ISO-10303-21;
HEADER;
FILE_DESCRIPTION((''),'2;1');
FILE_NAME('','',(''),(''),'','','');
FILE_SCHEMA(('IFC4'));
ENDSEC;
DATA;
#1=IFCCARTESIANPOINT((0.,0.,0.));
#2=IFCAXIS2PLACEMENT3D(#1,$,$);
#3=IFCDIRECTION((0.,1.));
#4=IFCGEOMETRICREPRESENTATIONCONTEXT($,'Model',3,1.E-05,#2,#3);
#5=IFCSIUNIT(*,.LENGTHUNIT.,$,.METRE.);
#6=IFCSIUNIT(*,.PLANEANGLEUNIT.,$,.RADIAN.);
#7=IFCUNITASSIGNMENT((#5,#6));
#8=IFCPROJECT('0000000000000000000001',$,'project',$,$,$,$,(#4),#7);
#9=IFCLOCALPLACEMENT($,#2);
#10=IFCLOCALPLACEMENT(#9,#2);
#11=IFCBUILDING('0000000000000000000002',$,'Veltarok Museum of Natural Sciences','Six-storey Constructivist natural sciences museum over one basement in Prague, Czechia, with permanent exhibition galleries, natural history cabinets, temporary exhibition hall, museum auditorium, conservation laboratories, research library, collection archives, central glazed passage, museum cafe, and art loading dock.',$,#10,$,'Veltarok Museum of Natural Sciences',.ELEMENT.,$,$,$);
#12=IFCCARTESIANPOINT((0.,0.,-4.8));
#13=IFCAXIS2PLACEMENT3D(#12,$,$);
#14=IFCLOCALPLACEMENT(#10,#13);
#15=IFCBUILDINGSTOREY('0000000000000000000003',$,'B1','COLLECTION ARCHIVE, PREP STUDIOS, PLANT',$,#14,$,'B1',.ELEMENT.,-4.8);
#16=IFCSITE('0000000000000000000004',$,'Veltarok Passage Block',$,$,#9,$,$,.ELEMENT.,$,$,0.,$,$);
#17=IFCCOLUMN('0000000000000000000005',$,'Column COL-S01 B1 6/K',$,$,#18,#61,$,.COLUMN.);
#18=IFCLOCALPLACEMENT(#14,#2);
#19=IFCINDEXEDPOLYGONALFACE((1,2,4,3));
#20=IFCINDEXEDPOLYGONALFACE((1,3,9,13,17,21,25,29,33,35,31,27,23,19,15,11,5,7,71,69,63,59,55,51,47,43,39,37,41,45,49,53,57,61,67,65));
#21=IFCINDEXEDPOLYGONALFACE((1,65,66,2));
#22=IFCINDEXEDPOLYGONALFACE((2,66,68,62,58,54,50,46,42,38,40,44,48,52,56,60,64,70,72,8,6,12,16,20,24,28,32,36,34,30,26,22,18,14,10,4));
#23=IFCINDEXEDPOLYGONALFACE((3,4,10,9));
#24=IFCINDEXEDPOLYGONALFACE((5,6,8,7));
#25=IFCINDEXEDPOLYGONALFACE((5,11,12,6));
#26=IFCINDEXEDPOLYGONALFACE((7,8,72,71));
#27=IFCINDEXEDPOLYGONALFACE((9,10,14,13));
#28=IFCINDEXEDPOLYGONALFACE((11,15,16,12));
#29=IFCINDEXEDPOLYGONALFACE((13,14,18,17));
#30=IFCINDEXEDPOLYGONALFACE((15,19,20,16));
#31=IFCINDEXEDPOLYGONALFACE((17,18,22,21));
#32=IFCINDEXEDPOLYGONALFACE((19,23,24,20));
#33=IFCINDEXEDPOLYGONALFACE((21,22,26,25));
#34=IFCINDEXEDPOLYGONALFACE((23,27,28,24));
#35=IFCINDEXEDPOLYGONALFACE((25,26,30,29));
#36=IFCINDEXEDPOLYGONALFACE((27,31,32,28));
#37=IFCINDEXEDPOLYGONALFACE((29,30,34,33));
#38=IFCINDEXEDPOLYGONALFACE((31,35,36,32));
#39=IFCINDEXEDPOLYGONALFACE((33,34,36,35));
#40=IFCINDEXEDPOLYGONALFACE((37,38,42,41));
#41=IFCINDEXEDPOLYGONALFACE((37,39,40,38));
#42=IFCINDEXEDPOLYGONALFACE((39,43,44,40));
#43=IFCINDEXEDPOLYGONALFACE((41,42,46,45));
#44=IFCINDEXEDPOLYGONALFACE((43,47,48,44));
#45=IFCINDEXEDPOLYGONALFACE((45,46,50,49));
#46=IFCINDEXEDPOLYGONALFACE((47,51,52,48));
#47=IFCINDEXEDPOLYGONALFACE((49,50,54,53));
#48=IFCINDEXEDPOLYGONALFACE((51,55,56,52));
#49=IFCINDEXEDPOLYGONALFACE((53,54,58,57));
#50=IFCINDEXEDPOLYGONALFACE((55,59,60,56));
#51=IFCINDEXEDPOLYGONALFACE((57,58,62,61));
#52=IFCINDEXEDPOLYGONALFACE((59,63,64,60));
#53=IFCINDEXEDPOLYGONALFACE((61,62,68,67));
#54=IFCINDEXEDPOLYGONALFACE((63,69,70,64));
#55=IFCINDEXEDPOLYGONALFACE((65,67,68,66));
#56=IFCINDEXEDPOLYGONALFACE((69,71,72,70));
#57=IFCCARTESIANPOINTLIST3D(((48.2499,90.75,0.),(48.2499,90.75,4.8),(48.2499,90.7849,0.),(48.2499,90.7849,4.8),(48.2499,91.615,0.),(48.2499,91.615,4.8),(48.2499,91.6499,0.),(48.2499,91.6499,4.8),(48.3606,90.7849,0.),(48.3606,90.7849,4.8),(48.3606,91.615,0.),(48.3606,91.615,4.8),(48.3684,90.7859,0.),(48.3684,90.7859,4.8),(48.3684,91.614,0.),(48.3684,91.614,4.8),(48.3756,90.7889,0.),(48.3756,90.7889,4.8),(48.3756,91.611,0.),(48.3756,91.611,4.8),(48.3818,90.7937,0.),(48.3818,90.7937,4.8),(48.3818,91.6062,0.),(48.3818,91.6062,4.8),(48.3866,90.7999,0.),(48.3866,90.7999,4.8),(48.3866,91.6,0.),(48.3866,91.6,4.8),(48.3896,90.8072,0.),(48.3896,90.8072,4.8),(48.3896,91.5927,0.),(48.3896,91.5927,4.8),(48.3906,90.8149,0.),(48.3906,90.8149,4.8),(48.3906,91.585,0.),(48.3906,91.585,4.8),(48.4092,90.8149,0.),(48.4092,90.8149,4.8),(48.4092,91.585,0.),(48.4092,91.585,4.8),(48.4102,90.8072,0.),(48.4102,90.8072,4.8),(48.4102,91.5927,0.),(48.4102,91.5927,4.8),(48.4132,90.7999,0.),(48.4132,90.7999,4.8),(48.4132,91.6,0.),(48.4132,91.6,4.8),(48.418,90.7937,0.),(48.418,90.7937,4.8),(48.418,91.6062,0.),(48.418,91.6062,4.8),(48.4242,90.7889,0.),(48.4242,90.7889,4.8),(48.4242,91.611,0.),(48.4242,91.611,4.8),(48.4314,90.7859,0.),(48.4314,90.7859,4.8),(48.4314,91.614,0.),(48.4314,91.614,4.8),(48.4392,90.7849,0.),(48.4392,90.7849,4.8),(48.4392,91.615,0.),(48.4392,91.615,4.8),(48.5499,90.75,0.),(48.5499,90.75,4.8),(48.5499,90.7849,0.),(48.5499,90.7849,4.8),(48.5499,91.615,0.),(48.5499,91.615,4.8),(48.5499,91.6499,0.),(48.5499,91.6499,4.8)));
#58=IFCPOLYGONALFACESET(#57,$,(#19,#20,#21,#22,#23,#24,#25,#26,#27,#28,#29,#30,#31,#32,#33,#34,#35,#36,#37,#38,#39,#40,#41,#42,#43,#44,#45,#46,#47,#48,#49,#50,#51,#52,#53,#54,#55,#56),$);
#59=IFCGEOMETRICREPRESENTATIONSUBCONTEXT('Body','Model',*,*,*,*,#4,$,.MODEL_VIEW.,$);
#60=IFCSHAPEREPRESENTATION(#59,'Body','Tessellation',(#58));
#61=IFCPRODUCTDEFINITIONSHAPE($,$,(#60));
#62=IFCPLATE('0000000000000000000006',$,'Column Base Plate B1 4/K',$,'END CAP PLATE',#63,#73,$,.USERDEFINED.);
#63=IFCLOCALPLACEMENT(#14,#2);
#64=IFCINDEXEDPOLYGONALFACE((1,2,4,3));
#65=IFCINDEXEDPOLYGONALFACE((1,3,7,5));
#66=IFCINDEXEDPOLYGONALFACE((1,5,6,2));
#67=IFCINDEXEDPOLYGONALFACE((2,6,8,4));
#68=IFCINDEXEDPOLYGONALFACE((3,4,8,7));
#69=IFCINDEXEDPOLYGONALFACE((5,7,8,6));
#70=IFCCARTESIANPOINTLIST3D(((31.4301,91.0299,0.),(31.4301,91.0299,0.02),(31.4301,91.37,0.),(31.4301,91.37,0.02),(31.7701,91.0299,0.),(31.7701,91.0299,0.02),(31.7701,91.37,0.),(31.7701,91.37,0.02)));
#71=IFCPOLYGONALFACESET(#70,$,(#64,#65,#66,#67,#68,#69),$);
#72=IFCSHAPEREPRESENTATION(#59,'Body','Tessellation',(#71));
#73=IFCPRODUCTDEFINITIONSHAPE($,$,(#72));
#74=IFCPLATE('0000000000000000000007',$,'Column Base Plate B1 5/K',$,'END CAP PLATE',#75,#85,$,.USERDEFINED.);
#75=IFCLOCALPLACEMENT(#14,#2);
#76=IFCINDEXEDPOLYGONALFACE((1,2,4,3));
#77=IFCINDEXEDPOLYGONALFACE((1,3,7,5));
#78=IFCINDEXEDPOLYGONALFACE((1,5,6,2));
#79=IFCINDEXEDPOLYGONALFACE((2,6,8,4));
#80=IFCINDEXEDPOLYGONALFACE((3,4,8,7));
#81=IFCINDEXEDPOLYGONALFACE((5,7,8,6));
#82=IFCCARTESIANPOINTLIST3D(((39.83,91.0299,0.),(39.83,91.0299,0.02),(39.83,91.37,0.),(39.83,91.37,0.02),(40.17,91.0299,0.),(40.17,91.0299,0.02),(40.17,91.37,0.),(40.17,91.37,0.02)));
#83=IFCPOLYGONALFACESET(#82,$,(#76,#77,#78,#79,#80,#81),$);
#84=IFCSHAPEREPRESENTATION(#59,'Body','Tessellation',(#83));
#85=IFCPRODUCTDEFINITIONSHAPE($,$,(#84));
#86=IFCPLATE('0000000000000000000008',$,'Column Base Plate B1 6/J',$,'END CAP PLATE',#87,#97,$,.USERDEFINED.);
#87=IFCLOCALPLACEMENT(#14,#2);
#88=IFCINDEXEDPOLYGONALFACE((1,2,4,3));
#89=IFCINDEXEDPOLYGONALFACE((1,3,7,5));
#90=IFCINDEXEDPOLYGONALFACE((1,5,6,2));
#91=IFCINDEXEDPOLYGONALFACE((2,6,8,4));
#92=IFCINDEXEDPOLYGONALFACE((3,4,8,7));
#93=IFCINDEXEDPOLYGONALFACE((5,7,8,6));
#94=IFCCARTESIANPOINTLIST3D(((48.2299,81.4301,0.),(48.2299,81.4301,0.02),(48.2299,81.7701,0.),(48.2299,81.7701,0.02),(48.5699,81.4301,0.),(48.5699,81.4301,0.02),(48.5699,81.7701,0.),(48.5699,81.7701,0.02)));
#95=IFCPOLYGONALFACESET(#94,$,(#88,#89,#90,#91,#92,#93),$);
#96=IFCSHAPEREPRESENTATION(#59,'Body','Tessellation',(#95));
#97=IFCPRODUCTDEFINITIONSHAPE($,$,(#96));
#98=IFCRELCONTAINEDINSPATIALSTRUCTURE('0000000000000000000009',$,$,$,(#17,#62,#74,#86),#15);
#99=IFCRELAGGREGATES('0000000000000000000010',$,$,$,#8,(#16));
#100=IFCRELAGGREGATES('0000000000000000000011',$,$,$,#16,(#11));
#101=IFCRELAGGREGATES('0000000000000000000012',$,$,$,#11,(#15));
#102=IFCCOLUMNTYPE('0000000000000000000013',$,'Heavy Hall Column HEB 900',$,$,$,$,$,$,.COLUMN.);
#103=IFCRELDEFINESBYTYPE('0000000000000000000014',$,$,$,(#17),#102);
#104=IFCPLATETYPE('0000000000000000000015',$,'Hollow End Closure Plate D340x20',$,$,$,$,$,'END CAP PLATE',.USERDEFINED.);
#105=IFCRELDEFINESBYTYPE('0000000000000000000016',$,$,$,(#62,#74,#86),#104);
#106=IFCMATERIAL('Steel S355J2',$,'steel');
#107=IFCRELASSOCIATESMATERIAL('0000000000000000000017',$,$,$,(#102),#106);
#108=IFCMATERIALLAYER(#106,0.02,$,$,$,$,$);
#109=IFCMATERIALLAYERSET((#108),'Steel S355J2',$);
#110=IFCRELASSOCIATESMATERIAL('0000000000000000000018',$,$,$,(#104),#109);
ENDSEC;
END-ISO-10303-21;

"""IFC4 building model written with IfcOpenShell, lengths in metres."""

from ifc_helpers import new_model, si_unit, direction, frame, origin, origin_2d, place, context, subcontext, project, spatial, rectangle, i_section, extrude, material, layer, layer_set, material_profile, profile_set, type_object, element, save


model = new_model("IFC4")

# Units and contexts
model_context = context("Model", 3, precision=1e-05, world=origin(), true_north=direction((0.0, 1.0)))
body_context = subcontext(model_context, "Body", "Model", "MODEL_VIEW")
ifc_project = project(units=[si_unit("LENGTHUNIT", "METRE"), si_unit("PLANEANGLEUNIT", "RADIAN")], contexts=[model_context])

# Site, building, storey
site_placement = place(None, origin())
site = spatial("IfcSite", under=ifc_project, at=site_placement, Name="Veltarok Passage Block", CompositionType="ELEMENT", RefElevation=0.0)
building_placement = place(site_placement, origin())
building = spatial("IfcBuilding", under=site, at=building_placement, Name="Veltarok Museum of Natural Sciences", Description="Six-storey Constructivist natural sciences museum over one basement in Prague, Czechia, with permanent exhibition galleries, natural history cabinets, temporary exhibition hall, museum auditorium, conservation laboratories, research library, collection archives, central glazed passage, museum cafe, and art loading dock.", LongName="Veltarok Museum of Natural Sciences", CompositionType="ELEMENT")
storey_placement = place(building_placement, frame((0.0, 0.0, -4.8)))
storey = spatial("IfcBuildingStorey", under=building, at=storey_placement, Name="B1", Description="COLLECTION ARCHIVE, PREP STUDIOS, PLANT", LongName="B1", CompositionType="ELEMENT", Elevation=-4.8)

# Column
ifc_material_1 = material(Name="Steel S355J2", Category="steel")
ifc_material_profile_1 = material_profile(ifc_material_1, i_section(OverallWidth=0.3, OverallDepth=0.8999, WebThickness=0.0186, FlangeThickness=0.0349, FilletRadius=0.03, at=origin_2d()), Name="HEB 900")
ifc_profile_set_1 = profile_set([ifc_material_profile_1], Name="Steel S355J2")
column_type = type_object("IfcColumnType", Name="Heavy Hall Column HEB 900", PredefinedType="COLUMN", material=ifc_profile_set_1)
for number, where, z_axis, x_axis, name in (
    (1, (48.3999, 91.2, 0.0), (0.0, 0.0, 1.0), (1.0, 0.0, 0.0), "Column COL-S01 B1 6/K"),
):
    element("IfcColumn", number, at=place(storey_placement, frame(where, z_axis=z_axis, x_axis=x_axis)), inside=storey, type_object=column_type, Name=name, PredefinedType="COLUMN", context=body_context, shape_type="SweptSolid", body=[
        extrude(i_section(OverallWidth=0.3, OverallDepth=0.8999, WebThickness=0.0186, FlangeThickness=0.0349, FilletRadius=0.03, at=origin_2d()), origin(), (0.0, 0.0, 1.0), 4.8),
    ])

# Plates
ifc_layer = layer(ifc_material_1, 0.02)
ifc_layer_set = layer_set([ifc_layer], Name="Steel S355J2")
plate_type = type_object("IfcPlateType", Name="Hollow End Closure Plate D340x20", ElementType="END CAP PLATE", PredefinedType="USERDEFINED", material=ifc_layer_set)
for number, where, z_axis, x_axis, name in (
    (2, (31.6001, 91.2, 0.0), (0.0, 0.0, 1.0), (1.0, 0.0, 0.0), "Column Base Plate B1 4/K"),
    (3, (40.0, 91.2, 0.0), (0.0, 0.0, 1.0), (1.0, 0.0, 0.0), "Column Base Plate B1 5/K"),
    (4, (48.3999, 81.6001, 0.0), (0.0, 0.0, 1.0), (1.0, 0.0, 0.0), "Column Base Plate B1 6/J"),
):
    element("IfcPlate", number, at=place(storey_placement, frame(where, z_axis=z_axis, x_axis=x_axis)), inside=storey, type_object=plate_type, Name=name, ObjectType="END CAP PLATE", PredefinedType="USERDEFINED", context=body_context, shape_type="SweptSolid", body=[
        extrude(rectangle(XDim=0.3401, YDim=0.3401, at=origin_2d()), origin(), (0.0, 0.0, 1.0), 0.02),
    ])

save(model, "model.ifc")
